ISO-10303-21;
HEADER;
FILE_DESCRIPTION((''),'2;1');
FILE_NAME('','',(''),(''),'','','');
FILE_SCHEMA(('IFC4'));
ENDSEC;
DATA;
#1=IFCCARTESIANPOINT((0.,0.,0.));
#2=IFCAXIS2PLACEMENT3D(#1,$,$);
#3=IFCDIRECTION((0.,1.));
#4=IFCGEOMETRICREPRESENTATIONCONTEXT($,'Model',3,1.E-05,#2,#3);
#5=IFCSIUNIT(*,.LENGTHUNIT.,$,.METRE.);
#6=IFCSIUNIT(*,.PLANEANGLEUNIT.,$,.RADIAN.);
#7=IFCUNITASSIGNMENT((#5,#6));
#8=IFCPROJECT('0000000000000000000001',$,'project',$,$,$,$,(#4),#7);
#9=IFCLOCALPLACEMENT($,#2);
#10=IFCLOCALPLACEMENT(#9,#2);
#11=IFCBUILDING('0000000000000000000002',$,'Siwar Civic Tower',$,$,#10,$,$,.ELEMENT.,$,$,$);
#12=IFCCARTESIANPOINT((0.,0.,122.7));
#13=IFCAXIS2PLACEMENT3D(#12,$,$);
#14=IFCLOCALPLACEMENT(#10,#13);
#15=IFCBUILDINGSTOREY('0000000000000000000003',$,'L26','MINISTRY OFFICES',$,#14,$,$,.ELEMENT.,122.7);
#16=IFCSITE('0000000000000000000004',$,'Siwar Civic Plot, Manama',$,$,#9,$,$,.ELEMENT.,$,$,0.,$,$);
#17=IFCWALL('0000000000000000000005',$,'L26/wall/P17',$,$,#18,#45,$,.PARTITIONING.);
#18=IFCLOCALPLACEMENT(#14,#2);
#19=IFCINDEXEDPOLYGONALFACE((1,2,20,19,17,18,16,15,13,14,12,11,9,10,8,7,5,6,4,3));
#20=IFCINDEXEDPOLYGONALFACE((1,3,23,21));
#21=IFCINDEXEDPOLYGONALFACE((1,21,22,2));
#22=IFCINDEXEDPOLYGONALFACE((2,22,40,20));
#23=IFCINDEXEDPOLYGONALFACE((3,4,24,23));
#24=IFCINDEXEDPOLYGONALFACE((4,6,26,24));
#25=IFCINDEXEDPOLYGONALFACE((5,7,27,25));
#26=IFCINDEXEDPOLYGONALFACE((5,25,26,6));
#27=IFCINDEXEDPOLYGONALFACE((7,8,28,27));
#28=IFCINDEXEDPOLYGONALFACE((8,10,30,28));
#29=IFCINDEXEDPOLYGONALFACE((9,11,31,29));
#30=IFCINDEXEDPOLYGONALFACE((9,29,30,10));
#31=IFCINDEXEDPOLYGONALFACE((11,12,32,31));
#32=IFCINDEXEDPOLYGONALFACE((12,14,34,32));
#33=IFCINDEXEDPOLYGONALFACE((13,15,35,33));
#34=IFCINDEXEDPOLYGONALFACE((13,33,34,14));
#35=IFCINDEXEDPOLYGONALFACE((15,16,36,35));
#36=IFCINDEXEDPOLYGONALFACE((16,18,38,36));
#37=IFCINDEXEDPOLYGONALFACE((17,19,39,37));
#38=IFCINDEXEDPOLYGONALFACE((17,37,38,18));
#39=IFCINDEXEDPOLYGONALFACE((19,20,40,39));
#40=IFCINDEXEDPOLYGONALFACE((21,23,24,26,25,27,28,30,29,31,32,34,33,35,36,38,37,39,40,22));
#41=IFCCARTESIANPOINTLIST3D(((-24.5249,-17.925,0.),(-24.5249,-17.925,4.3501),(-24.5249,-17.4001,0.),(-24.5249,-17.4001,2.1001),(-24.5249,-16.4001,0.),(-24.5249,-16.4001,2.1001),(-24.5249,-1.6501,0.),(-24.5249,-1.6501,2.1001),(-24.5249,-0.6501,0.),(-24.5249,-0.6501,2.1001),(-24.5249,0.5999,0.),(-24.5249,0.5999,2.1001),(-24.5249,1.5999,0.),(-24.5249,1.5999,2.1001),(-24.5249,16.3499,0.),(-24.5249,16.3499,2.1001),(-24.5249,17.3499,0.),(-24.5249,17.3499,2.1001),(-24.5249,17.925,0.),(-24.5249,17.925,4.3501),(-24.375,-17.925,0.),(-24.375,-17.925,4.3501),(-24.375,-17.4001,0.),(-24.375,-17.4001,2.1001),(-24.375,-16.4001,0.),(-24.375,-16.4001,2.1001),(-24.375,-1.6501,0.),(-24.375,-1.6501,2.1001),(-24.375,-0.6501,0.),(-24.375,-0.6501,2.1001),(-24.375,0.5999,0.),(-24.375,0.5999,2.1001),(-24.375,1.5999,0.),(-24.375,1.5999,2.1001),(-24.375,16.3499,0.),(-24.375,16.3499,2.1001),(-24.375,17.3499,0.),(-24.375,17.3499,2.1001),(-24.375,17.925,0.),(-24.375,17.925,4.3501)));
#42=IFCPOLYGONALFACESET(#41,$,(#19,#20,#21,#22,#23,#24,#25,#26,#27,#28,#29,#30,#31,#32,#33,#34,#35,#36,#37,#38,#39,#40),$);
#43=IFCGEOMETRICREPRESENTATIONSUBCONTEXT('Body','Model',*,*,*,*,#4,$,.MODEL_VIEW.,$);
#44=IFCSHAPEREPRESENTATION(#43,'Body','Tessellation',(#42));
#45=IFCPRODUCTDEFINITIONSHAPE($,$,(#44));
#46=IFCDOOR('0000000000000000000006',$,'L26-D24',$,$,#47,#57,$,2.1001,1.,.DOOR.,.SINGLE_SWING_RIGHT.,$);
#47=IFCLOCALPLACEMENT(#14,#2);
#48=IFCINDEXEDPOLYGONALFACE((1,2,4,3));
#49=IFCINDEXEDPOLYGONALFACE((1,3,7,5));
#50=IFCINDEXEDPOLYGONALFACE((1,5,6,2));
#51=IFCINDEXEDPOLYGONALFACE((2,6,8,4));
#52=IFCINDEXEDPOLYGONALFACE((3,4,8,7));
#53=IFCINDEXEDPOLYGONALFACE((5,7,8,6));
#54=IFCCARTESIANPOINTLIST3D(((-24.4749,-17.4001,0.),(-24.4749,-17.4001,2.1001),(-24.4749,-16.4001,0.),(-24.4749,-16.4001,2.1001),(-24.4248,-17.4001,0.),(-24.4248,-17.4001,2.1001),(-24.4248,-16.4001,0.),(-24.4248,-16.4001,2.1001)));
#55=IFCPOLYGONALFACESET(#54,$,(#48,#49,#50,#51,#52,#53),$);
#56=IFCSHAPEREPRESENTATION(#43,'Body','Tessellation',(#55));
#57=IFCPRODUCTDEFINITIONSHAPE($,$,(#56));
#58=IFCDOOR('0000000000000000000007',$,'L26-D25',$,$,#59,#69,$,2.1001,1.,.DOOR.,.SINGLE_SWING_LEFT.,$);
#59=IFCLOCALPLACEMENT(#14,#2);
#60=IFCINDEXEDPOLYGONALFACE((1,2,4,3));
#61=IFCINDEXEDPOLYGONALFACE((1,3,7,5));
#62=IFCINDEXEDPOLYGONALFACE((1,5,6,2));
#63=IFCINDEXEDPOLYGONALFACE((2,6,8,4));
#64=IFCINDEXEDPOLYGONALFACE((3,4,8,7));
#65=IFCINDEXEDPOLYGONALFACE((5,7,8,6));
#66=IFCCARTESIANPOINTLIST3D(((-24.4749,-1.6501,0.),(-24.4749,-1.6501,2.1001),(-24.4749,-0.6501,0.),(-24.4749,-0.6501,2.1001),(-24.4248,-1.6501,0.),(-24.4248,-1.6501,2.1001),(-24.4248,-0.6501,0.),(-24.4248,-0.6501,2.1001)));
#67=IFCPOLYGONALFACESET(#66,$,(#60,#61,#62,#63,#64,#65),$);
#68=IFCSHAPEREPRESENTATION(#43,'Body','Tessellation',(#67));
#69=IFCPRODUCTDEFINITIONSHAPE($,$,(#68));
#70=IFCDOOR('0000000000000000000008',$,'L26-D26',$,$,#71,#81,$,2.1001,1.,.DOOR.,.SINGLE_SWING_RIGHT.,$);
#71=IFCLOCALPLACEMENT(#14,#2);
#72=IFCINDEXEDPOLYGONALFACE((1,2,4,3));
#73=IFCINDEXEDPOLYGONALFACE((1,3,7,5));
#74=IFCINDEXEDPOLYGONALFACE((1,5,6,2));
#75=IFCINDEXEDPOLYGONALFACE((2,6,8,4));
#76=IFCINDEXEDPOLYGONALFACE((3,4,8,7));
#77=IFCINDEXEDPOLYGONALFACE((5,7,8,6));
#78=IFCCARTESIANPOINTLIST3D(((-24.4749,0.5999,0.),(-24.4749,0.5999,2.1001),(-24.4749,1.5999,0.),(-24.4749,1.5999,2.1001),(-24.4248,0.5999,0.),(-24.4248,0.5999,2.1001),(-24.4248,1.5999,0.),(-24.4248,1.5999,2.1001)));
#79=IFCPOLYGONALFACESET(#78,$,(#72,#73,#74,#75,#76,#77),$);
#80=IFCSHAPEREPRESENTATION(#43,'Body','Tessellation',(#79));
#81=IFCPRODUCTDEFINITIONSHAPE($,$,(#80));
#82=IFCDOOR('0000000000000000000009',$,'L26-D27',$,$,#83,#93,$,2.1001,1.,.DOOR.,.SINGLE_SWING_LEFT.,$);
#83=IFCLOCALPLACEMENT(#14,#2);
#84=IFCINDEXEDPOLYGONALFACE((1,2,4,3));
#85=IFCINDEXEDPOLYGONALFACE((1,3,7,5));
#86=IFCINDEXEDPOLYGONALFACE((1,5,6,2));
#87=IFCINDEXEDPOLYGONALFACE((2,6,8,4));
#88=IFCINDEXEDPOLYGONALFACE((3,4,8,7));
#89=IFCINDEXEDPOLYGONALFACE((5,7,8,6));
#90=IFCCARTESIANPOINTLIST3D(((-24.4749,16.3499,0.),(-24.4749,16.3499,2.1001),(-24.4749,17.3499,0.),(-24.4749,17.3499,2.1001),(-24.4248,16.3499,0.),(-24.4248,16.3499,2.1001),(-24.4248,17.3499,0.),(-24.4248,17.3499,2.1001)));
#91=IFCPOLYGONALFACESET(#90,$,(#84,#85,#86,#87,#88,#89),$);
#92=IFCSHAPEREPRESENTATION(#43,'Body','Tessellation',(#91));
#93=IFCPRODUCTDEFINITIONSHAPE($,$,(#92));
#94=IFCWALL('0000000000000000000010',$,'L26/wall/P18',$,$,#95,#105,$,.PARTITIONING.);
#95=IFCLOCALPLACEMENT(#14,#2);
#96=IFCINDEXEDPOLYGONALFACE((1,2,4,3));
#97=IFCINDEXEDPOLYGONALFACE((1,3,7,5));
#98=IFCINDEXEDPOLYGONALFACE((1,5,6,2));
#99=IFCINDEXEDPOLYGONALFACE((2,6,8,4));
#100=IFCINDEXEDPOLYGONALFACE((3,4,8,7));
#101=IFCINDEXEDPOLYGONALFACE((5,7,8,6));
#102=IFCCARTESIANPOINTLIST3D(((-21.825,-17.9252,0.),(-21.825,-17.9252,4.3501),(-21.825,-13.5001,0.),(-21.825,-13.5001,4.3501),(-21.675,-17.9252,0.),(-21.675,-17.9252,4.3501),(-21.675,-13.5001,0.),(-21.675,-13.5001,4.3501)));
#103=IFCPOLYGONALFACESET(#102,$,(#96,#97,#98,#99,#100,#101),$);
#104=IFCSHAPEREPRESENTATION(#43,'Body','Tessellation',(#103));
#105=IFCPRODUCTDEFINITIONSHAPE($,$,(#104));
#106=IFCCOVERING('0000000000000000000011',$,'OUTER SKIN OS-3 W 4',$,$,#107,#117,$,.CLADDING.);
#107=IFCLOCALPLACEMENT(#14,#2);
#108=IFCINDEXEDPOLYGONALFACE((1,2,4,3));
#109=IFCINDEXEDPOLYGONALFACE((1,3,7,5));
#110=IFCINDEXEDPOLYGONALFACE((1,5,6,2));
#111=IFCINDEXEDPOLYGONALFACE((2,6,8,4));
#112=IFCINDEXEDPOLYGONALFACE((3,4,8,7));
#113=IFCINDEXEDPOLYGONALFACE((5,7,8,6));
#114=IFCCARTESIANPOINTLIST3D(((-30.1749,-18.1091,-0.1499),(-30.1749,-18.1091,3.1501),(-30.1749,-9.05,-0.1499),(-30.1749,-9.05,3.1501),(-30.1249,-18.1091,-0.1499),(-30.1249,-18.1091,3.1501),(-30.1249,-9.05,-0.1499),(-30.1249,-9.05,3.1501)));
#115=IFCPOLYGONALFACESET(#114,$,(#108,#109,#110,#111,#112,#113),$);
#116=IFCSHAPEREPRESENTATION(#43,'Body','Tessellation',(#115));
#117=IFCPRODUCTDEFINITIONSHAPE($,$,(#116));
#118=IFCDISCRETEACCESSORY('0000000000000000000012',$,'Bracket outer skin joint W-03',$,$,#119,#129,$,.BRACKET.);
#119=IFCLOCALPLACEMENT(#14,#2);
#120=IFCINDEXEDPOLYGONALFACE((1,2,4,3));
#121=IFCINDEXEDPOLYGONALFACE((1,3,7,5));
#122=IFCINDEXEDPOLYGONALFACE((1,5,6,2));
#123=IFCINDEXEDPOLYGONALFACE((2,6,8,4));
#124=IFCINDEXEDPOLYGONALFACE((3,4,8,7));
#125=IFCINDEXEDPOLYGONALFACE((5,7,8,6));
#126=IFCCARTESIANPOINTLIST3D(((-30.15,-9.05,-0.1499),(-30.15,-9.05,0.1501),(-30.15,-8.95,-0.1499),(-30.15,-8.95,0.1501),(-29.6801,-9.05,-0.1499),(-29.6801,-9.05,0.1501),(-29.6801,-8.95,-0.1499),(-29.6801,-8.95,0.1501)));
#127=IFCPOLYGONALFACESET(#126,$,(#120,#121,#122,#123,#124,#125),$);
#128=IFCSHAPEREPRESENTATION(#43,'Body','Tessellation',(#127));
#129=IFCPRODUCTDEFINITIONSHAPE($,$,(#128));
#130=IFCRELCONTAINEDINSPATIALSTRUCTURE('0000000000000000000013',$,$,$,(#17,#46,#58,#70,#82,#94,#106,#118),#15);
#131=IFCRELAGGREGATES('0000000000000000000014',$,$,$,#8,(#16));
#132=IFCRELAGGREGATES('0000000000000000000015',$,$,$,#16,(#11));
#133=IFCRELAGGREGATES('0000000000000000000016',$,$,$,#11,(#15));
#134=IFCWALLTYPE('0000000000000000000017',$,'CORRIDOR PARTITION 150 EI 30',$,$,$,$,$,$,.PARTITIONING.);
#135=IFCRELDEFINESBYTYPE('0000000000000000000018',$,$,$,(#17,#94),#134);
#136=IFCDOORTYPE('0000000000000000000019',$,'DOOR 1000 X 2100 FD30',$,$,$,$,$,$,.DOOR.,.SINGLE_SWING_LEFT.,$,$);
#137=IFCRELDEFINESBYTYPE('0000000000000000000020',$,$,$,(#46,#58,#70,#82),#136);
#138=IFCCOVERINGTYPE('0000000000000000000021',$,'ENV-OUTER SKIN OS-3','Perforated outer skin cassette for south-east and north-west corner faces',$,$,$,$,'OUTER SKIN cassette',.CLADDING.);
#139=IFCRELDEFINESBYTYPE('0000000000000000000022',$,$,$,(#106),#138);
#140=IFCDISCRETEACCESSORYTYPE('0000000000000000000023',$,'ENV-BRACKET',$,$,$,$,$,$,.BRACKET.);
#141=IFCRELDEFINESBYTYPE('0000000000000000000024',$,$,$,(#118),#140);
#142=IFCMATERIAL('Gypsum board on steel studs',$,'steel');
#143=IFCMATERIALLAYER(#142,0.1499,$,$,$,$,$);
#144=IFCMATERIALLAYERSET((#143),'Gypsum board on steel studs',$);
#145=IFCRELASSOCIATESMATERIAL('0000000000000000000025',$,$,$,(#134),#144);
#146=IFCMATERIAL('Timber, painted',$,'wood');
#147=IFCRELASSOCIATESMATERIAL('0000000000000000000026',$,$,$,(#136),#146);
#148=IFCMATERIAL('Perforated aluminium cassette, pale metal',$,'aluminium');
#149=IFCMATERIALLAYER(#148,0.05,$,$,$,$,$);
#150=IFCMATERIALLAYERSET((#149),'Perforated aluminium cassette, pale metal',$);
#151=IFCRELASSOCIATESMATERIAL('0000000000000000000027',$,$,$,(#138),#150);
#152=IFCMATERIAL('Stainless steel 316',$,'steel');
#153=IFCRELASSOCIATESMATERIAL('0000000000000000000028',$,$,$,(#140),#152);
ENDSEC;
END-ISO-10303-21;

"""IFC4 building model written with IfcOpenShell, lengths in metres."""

from ifc_helpers import new_model, si_unit, direction, frame, frame_2d, origin, origin_2d, place, context, subcontext, project, spatial, rectangle, extrude, material, layer, layer_set, type_object, element, fill, save


model = new_model("IFC4")

# Units and contexts
model_context = context("Model", 3, precision=1e-05, world=origin(), true_north=direction((0.0, 1.0)))
body_context = subcontext(model_context, "Body", "Model", "MODEL_VIEW")
ifc_project = project(units=[si_unit("LENGTHUNIT", "METRE"), si_unit("PLANEANGLEUNIT", "RADIAN")], contexts=[model_context])

# Site, building, storey
site_placement = place(None, origin())
site = spatial("IfcSite", under=ifc_project, at=site_placement, Name="Siwar Civic Plot, Manama", CompositionType="ELEMENT", RefElevation=0.0)
building_placement = place(site_placement, origin())
building = spatial("IfcBuilding", under=site, at=building_placement, Name="Siwar Civic Tower", CompositionType="ELEMENT")
storey_placement = place(building_placement, frame((0.0, 0.0, 122.7)))
storey = spatial("IfcBuildingStorey", under=building, at=storey_placement, Name="L26", Description="MINISTRY OFFICES", CompositionType="ELEMENT", Elevation=122.7)

# Wall, openings, doors
ifc_material_1 = material(Name="Gypsum board on steel studs", Category="steel")
ifc_layer_1 = layer(ifc_material_1, 0.1499)
ifc_layer_set_1 = layer_set([ifc_layer_1], Name="Gypsum board on steel studs")
wall_type_1 = type_object("IfcWallType", Name="CORRIDOR PARTITION 150 EI 30", PredefinedType="PARTITIONING", material=ifc_layer_set_1)
ifc_material_2 = material(Name="Timber, painted", Category="wood")
door_type_1 = type_object("IfcDoorType", Name="DOOR 1000 X 2100 FD30", OperationType="SINGLE_SWING_LEFT", PredefinedType="DOOR", material=ifc_material_2)
wall_1_placement = place(storey_placement, frame((-24.45, -17.925, 0.0), z_axis=(0.0, 0.0, 1.0), x_axis=(0.0, 1.0, 0.0)))
wall_1 = element("IfcWall", 1, at=wall_1_placement, inside=storey, type_object=wall_type_1, Name="L26/wall/P17", PredefinedType="PARTITIONING", context=body_context, shape_type="SweptSolid", body=[
    extrude(rectangle(XDim=35.8501, YDim=0.1499, at=frame_2d((17.925, 0.0))), origin(), (0.0, 0.0, 1.0), 4.3501),
])
opening_1_placement = place(wall_1_placement, frame((0.5249, 0.0, 0.0)))
opening_1 = element("IfcOpeningElement", 2, at=opening_1_placement, cuts=wall_1, PredefinedType="OPENING", context=body_context, shape_type="SweptSolid", body=[
    extrude(rectangle(XDim=1.0, YDim=2.1001, at=frame_2d((0.5, 1.05))), frame((0.0, 0.085, 0.0), z_axis=(0.0, -1.0, 0.0), x_axis=(1.0, 0.0, 0.0)), (0.0, 0.0, 1.0), 0.1699),
])
opening_2_placement = place(wall_1_placement, frame((16.2749, 0.0, 0.0)))
opening_2 = element("IfcOpeningElement", 3, at=opening_2_placement, cuts=wall_1, PredefinedType="OPENING", context=body_context, shape_type="SweptSolid", body=[
    extrude(rectangle(XDim=1.0, YDim=2.1001, at=frame_2d((0.5, 1.05))), frame((0.0, 0.085, 0.0), z_axis=(0.0, -1.0, 0.0), x_axis=(1.0, 0.0, 0.0)), (0.0, 0.0, 1.0), 0.1699),
])
opening_3_placement = place(wall_1_placement, frame((18.5249, 0.0, 0.0)))
opening_3 = element("IfcOpeningElement", 4, at=opening_3_placement, cuts=wall_1, PredefinedType="OPENING", context=body_context, shape_type="SweptSolid", body=[
    extrude(rectangle(XDim=1.0, YDim=2.1001, at=frame_2d((0.5, 1.05))), frame((0.0, 0.085, 0.0), z_axis=(0.0, -1.0, 0.0), x_axis=(1.0, 0.0, 0.0)), (0.0, 0.0, 1.0), 0.1699),
])
opening_4_placement = place(wall_1_placement, frame((34.2749, 0.0, 0.0)))
opening_4 = element("IfcOpeningElement", 5, at=opening_4_placement, cuts=wall_1, PredefinedType="OPENING", context=body_context, shape_type="SweptSolid", body=[
    extrude(rectangle(XDim=1.0, YDim=2.1001, at=frame_2d((0.5, 1.05))), frame((0.0, 0.085, 0.0), z_axis=(0.0, -1.0, 0.0), x_axis=(1.0, 0.0, 0.0)), (0.0, 0.0, 1.0), 0.1699),
])
door_1_placement = place(opening_1_placement, origin())
door_1 = element("IfcDoor", 6, at=door_1_placement, inside=storey, type_object=door_type_1, Name="L26-D24", OperationType="SINGLE_SWING_RIGHT", OverallHeight=2.1001, OverallWidth=1.0, PredefinedType="DOOR", context=body_context, shape_type="SweptSolid", body=[
    extrude(rectangle(XDim=1.0, YDim=2.1001, at=frame_2d((0.5, 1.05))), frame((0.0, 0.0249, 0.0), z_axis=(0.0, -1.0, 0.0), x_axis=(1.0, 0.0, 0.0)), (0.0, 0.0, 1.0), 0.05),
])
fill(opening_1, door_1)
door_2_placement = place(opening_2_placement, origin())
door_2 = element("IfcDoor", 7, at=door_2_placement, inside=storey, type_object=door_type_1, Name="L26-D25", OperationType="SINGLE_SWING_LEFT", OverallHeight=2.1001, OverallWidth=1.0, PredefinedType="DOOR", context=body_context, shape_type="SweptSolid", body=[
    extrude(rectangle(XDim=1.0, YDim=2.1001, at=frame_2d((0.5, 1.05))), frame((0.0, 0.0249, 0.0), z_axis=(0.0, -1.0, 0.0), x_axis=(1.0, 0.0, 0.0)), (0.0, 0.0, 1.0), 0.05),
])
fill(opening_2, door_2)
door_3_placement = place(opening_3_placement, origin())
door_3 = element("IfcDoor", 8, at=door_3_placement, inside=storey, type_object=door_type_1, Name="L26-D26", OperationType="SINGLE_SWING_RIGHT", OverallHeight=2.1001, OverallWidth=1.0, PredefinedType="DOOR", context=body_context, shape_type="SweptSolid", body=[
    extrude(rectangle(XDim=1.0, YDim=2.1001, at=frame_2d((0.5, 1.05))), frame((0.0, 0.0249, 0.0), z_axis=(0.0, -1.0, 0.0), x_axis=(1.0, 0.0, 0.0)), (0.0, 0.0, 1.0), 0.05),
])
fill(opening_3, door_3)
door_4_placement = place(opening_4_placement, origin())
door_4 = element("IfcDoor", 9, at=door_4_placement, inside=storey, type_object=door_type_1, Name="L26-D27", OperationType="SINGLE_SWING_LEFT", OverallHeight=2.1001, OverallWidth=1.0, PredefinedType="DOOR", context=body_context, shape_type="SweptSolid", body=[
    extrude(rectangle(XDim=1.0, YDim=2.1001, at=frame_2d((0.5, 1.05))), frame((0.0, 0.0249, 0.0), z_axis=(0.0, -1.0, 0.0), x_axis=(1.0, 0.0, 0.0)), (0.0, 0.0, 1.0), 0.05),
])
fill(opening_4, door_4)

# Wall
wall_2_placement = place(storey_placement, frame((-21.75, -17.925, 0.0), z_axis=(0.0, 0.0, 1.0), x_axis=(0.0, 1.0, 0.0)))
element("IfcWall", 10, at=wall_2_placement, inside=storey, type_object=wall_type_1, Name="L26/wall/P18", PredefinedType="PARTITIONING", context=body_context, shape_type="SweptSolid", body=[
    extrude(rectangle(XDim=4.425, YDim=0.1499, at=frame_2d((2.2124, 0.0))), origin(), (0.0, 0.0, 1.0), 4.3501),
])

# Covering
ifc_material_3 = material(Name="Perforated aluminium cassette, pale metal", Category="aluminium")
ifc_layer_2 = layer(ifc_material_3, 0.05)
ifc_layer_set_2 = layer_set([ifc_layer_2], Name="Perforated aluminium cassette, pale metal")
covering_type = type_object("IfcCoveringType", Name="ENV-OUTER SKIN OS-3", Description="Perforated outer skin cassette for south-east and north-west corner faces", ElementType="OUTER SKIN cassette", PredefinedType="CLADDING", material=ifc_layer_set_2)
covering_placement = place(storey_placement, frame((-30.1499, -13.5796, -0.1499), z_axis=(0.0, 0.0, 1.0), x_axis=(0.0, -1.0, 0.0)))
element("IfcCovering", 11, at=covering_placement, inside=storey, type_object=covering_type, Name="OUTER SKIN OS-3 W 4", PredefinedType="CLADDING", context=body_context, shape_type="SweptSolid", body=[
    extrude(rectangle(XDim=9.0591, YDim=0.05, at=origin_2d()), origin(), (0.0, 0.0, 1.0), 3.3),
])

# Discrete accessory
ifc_material_4 = material(Name="Stainless steel 316", Category="steel")
discrete_accessory_type = type_object("IfcDiscreteAccessoryType", Name="ENV-BRACKET", PredefinedType="BRACKET", material=ifc_material_4)
discrete_accessory_placement = place(storey_placement, frame((-29.915, -9.0, -0.1499), z_axis=(0.0, 0.0, 1.0), x_axis=(-1.0, 0.0, 0.0)))
element("IfcDiscreteAccessory", 12, at=discrete_accessory_placement, inside=storey, type_object=discrete_accessory_type, Name="Bracket outer skin joint W-03", PredefinedType="BRACKET", context=body_context, shape_type="SweptSolid", body=[
    extrude(rectangle(XDim=0.47, YDim=0.1001, at=origin_2d()), origin(), (0.0, 0.0, 1.0), 0.3),
])

save(model, "model.ifc")
